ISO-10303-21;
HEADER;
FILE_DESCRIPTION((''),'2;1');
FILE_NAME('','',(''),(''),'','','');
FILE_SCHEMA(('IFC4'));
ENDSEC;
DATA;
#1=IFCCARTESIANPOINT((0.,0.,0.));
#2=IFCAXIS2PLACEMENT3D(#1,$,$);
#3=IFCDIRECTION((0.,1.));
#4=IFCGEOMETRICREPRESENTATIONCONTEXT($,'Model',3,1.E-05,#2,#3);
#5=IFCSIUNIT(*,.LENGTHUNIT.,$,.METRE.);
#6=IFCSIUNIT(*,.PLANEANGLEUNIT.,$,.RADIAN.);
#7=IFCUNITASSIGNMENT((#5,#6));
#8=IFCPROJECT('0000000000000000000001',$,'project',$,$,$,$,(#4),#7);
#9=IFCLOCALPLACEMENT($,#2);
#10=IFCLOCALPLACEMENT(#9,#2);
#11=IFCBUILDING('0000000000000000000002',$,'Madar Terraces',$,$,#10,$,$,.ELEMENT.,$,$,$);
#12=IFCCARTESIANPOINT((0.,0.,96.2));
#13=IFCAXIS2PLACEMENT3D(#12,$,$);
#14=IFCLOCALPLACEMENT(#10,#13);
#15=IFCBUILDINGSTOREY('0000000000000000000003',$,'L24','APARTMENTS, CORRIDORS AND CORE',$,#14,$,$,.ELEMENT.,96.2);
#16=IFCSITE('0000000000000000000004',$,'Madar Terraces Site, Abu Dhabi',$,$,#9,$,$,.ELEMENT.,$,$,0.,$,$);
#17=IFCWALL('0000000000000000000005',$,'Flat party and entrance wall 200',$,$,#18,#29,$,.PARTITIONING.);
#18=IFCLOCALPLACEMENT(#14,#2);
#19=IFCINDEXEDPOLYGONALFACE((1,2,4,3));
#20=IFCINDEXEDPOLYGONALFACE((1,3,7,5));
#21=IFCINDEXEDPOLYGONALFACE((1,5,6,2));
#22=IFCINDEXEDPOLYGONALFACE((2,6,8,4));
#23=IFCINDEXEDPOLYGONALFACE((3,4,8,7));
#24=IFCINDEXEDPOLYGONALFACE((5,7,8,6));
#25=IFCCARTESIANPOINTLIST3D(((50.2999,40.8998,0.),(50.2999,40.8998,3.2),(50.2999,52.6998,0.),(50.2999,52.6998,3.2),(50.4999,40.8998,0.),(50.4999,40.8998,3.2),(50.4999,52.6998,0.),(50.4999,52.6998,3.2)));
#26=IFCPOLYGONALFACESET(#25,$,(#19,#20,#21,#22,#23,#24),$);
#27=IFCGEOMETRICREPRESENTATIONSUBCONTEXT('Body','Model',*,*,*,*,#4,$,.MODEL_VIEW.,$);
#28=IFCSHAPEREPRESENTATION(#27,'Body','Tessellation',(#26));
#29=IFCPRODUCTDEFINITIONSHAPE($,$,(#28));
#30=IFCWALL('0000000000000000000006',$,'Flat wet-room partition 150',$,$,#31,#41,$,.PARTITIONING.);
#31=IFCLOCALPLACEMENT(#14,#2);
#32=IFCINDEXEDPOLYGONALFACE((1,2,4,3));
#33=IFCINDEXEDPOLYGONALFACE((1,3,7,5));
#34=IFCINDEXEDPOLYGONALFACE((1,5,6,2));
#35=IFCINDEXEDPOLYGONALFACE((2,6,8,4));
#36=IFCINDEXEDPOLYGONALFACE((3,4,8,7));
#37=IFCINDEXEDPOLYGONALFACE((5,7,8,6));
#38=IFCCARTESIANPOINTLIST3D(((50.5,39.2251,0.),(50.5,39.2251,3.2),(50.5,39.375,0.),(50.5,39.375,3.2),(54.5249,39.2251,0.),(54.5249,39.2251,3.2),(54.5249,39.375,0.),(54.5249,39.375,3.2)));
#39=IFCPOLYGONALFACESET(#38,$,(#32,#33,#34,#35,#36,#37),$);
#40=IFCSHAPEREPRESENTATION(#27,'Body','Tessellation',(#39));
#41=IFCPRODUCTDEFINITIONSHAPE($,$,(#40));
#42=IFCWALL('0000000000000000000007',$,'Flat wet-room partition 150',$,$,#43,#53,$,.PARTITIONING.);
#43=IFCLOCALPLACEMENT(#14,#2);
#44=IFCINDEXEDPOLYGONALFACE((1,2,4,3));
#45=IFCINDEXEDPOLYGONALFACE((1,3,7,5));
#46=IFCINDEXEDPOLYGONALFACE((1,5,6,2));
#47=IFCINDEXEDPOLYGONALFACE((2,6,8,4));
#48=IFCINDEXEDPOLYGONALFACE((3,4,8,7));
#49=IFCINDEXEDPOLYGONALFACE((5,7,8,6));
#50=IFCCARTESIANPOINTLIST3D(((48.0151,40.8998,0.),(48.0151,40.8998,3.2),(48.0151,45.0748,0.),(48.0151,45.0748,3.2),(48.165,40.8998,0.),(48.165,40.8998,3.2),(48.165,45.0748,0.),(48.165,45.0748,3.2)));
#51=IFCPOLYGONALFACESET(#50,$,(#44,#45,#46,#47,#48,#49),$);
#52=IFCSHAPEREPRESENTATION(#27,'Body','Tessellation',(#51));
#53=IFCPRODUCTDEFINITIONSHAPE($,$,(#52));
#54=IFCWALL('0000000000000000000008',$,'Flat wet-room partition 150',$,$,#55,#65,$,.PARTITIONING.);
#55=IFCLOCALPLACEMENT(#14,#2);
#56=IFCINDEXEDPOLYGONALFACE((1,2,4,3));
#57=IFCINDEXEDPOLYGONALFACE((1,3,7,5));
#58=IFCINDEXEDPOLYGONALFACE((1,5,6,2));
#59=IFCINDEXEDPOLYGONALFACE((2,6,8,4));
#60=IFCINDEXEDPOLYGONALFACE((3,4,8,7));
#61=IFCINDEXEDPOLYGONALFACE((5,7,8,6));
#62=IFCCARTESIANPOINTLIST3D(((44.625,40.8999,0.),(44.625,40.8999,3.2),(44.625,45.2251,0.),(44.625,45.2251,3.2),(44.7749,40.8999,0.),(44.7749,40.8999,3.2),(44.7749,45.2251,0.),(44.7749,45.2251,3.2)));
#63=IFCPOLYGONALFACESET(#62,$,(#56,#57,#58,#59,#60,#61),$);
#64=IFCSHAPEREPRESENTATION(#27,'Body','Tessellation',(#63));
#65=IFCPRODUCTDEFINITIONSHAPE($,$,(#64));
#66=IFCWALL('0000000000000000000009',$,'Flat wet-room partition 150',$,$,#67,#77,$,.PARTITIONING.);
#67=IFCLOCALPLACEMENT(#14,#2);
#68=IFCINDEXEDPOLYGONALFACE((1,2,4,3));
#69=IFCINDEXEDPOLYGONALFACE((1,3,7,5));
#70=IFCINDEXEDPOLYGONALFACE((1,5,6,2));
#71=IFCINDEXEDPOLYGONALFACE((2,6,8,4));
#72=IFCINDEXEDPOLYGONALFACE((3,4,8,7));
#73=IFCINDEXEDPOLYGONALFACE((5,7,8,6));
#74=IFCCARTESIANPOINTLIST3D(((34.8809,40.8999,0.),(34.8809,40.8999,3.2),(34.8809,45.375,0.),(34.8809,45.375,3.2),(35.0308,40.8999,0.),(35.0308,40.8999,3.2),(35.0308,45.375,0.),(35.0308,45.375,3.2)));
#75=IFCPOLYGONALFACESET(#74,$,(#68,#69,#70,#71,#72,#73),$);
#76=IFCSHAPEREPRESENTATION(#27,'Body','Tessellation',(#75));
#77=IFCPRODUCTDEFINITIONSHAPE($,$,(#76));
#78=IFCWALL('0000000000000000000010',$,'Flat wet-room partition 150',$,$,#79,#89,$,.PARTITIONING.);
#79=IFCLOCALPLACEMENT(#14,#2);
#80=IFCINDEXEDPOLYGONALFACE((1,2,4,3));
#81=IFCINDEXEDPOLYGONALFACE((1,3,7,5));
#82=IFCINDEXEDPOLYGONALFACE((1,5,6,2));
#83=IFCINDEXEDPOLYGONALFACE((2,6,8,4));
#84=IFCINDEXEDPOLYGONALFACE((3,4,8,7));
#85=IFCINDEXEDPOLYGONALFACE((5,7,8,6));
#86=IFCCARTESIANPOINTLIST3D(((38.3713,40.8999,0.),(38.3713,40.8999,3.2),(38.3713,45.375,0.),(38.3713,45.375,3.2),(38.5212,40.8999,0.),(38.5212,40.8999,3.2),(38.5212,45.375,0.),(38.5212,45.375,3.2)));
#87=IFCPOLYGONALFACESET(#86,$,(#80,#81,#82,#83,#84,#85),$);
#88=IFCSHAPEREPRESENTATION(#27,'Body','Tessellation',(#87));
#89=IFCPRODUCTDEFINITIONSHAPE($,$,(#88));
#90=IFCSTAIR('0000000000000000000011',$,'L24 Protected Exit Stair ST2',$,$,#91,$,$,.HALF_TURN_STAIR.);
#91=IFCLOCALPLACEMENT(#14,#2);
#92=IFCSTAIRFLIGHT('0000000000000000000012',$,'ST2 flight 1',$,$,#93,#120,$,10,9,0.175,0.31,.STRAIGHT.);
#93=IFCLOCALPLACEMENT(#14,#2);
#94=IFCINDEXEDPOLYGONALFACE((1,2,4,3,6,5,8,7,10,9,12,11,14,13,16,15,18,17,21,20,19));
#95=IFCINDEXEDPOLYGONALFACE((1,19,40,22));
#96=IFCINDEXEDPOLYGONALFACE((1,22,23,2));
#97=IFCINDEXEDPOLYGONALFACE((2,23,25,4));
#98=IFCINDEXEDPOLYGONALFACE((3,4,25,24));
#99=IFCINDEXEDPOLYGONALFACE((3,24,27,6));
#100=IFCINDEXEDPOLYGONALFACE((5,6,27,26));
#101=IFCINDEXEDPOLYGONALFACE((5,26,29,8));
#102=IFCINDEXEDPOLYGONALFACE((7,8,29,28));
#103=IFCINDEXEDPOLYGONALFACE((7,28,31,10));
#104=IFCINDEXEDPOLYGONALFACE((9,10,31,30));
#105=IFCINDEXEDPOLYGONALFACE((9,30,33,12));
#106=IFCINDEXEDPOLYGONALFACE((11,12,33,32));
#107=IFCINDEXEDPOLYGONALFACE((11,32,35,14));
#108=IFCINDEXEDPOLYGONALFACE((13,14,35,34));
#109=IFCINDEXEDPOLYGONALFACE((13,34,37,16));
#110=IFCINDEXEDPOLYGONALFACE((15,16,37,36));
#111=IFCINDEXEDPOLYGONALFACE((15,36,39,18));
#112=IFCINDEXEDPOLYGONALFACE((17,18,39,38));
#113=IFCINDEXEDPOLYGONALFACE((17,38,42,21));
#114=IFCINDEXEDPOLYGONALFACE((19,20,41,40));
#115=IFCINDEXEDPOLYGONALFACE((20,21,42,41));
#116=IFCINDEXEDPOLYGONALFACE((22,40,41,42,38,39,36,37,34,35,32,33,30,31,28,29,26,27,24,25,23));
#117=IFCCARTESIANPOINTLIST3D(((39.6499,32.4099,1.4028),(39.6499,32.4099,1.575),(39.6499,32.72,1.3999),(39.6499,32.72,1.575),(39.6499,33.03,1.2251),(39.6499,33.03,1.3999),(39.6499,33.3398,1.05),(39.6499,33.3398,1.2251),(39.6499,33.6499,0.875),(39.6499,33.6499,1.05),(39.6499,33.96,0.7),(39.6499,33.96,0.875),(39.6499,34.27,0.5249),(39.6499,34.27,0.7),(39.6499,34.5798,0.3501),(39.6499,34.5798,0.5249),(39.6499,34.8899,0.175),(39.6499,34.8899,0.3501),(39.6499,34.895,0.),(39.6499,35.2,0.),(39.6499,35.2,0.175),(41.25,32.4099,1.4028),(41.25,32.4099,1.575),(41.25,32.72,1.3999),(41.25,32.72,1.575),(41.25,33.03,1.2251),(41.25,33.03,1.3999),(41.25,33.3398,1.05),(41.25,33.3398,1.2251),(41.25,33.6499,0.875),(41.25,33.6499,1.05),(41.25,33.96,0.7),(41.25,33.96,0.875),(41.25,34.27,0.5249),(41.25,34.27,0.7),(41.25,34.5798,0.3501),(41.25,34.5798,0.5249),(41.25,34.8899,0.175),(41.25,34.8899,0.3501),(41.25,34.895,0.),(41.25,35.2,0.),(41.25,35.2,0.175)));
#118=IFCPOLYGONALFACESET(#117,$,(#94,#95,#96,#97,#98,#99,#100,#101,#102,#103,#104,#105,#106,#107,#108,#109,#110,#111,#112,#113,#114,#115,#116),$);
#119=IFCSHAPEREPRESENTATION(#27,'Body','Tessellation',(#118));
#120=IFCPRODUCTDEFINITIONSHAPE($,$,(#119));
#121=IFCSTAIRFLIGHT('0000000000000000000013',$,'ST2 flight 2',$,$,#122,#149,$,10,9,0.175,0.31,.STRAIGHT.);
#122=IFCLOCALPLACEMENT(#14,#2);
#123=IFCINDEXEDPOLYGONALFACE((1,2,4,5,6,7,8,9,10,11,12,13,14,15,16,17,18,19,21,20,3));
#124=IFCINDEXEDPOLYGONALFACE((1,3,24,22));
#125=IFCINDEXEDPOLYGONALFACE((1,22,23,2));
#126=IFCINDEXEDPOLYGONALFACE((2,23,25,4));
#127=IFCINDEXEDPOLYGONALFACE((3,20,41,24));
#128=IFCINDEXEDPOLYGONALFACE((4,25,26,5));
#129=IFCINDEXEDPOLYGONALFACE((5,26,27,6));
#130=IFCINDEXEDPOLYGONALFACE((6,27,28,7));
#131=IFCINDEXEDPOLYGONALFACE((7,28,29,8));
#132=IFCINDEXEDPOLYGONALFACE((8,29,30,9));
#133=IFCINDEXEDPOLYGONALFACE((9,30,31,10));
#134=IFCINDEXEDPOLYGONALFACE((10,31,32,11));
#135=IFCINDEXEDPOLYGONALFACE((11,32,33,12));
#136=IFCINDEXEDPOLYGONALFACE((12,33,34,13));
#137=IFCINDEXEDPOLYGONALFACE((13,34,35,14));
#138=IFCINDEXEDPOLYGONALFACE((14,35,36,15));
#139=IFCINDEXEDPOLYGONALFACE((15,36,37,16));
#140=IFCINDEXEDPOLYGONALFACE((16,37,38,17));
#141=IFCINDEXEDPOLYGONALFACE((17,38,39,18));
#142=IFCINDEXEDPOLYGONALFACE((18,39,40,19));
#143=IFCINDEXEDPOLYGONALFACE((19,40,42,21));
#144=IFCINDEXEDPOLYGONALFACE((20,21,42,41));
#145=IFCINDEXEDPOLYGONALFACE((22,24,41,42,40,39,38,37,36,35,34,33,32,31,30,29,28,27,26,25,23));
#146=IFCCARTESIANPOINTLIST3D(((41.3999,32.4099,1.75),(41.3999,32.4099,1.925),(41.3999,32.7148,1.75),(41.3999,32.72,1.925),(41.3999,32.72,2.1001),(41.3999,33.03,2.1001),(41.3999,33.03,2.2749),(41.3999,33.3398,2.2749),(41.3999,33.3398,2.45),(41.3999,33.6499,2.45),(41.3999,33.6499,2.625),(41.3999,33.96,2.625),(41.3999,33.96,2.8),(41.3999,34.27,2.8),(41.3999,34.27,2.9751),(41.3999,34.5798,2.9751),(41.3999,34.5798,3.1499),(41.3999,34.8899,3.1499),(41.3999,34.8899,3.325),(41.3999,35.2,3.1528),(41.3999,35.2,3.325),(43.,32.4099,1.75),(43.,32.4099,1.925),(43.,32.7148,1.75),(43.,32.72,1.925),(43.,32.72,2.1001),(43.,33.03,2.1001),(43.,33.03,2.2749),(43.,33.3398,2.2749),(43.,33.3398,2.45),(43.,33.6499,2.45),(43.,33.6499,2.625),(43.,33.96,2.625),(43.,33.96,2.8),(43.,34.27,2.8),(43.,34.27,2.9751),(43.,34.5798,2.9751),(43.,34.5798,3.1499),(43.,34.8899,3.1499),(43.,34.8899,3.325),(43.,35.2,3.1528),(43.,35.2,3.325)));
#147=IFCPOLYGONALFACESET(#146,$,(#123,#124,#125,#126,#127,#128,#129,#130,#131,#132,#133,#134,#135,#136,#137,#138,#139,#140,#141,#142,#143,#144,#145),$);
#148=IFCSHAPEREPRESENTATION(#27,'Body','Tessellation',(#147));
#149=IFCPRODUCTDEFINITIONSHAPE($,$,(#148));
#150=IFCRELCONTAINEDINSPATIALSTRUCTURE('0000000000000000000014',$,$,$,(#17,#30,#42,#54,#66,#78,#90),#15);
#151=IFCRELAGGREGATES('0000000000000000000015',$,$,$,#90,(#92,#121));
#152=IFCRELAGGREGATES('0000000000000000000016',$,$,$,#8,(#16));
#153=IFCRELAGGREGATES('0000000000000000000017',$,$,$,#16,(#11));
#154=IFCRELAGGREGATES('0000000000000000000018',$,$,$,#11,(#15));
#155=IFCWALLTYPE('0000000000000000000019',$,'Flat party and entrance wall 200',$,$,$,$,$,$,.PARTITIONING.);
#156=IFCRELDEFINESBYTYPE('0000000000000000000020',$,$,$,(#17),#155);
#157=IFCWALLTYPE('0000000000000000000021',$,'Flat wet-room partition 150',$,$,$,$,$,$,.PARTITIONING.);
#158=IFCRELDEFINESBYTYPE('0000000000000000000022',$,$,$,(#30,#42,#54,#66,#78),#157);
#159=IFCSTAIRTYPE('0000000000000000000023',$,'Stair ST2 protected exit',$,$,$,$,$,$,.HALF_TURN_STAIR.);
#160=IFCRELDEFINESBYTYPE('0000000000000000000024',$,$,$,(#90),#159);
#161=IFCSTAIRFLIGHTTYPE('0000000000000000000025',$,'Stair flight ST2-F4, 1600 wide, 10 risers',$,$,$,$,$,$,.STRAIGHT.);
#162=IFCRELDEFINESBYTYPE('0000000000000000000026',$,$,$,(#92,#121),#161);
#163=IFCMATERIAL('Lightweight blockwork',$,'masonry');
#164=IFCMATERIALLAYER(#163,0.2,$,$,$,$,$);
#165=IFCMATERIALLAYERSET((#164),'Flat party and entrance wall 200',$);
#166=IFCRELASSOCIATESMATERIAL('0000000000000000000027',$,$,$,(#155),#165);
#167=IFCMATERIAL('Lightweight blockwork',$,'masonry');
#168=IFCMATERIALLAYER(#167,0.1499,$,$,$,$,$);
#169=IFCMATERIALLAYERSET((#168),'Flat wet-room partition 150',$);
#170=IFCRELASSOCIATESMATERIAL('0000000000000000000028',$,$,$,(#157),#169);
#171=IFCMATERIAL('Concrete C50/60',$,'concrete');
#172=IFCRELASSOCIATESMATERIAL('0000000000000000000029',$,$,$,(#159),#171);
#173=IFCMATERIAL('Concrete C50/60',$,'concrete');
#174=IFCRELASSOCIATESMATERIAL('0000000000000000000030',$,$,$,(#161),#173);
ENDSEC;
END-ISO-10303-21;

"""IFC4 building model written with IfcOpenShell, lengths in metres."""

from ifc_helpers import new_model, si_unit, direction, frame, frame_2d, origin, place, context, subcontext, project, spatial, polyline, rectangle, outline, extrude, material, layer, layer_set, type_object, element, aggregate, save


model = new_model("IFC4")

# Units and contexts
model_context = context("Model", 3, precision=1e-05, world=origin(), true_north=direction((0.0, 1.0)))
body_context = subcontext(model_context, "Body", "Model", "MODEL_VIEW")
ifc_project = project(units=[si_unit("LENGTHUNIT", "METRE"), si_unit("PLANEANGLEUNIT", "RADIAN")], contexts=[model_context])

# Site, building, storey
site_placement = place(None, origin())
site = spatial("IfcSite", under=ifc_project, at=site_placement, Name="Madar Terraces Site, Abu Dhabi", CompositionType="ELEMENT", RefElevation=0.0)
building_placement = place(site_placement, origin())
building = spatial("IfcBuilding", under=site, at=building_placement, Name="Madar Terraces", CompositionType="ELEMENT")
storey_placement = place(building_placement, frame((0.0, 0.0, 96.2)))
storey = spatial("IfcBuildingStorey", under=building, at=storey_placement, Name="L24", Description="APARTMENTS, CORRIDORS AND CORE", CompositionType="ELEMENT", Elevation=96.2)

# Shared definitions
ifc_material_1 = material(Name="Lightweight blockwork", Category="masonry")
ifc_layer_1 = layer(ifc_material_1, 0.2)
ifc_layer_set_1 = layer_set([ifc_layer_1], Name="Flat party and entrance wall 200")
wall_type_1 = type_object("IfcWallType", Name="Flat party and entrance wall 200", PredefinedType="PARTITIONING", material=ifc_layer_set_1)

# Walls
wall_1_placement = place(storey_placement, frame((50.3999, 40.8999, 0.0), z_axis=(0.0, 0.0, 1.0), x_axis=(0.0, 1.0, 0.0)))
element("IfcWall", 1, at=wall_1_placement, inside=storey, type_object=wall_type_1, Name="Flat party and entrance wall 200", PredefinedType="PARTITIONING", context=body_context, shape_type="SweptSolid", body=[
    extrude(rectangle(XDim=11.8, YDim=0.2, at=frame_2d((5.8999, 0.0))), origin(), (0.0, 0.0, 1.0), 3.2),
])
ifc_material_2 = material(Name="Lightweight blockwork", Category="masonry")
ifc_layer_2 = layer(ifc_material_2, 0.1499)
ifc_layer_set_2 = layer_set([ifc_layer_2], Name="Flat wet-room partition 150")
wall_type_2 = type_object("IfcWallType", Name="Flat wet-room partition 150", PredefinedType="PARTITIONING", material=ifc_layer_set_2)
wall_2_placement = place(storey_placement, frame((50.5, 39.3, 0.0), z_axis=(0.0, 0.0, 1.0), x_axis=(1.0, 0.0, 0.0)))
element("IfcWall", 2, at=wall_2_placement, inside=storey, type_object=wall_type_2, Name="Flat wet-room partition 150", PredefinedType="PARTITIONING", context=body_context, shape_type="SweptSolid", body=[
    extrude(rectangle(XDim=4.0249, YDim=0.1499, at=frame_2d((2.0125, 0.0))), origin(), (0.0, 0.0, 1.0), 3.2),
])
wall_3_placement = place(storey_placement, frame((48.0901, 40.8999, 0.0), z_axis=(0.0, 0.0, 1.0), x_axis=(0.0, 1.0, 0.0)))
element("IfcWall", 3, at=wall_3_placement, inside=storey, type_object=wall_type_2, Name="Flat wet-room partition 150", PredefinedType="PARTITIONING", context=body_context, shape_type="SweptSolid", body=[
    extrude(rectangle(XDim=4.175, YDim=0.1499, at=frame_2d((2.0874, 0.0))), origin(), (0.0, 0.0, 1.0), 3.2),
])
wall_4_placement = place(storey_placement, frame((44.7, 40.8999, 0.0), z_axis=(0.0, 0.0, 1.0), x_axis=(0.0, 1.0, 0.0)))
element("IfcWall", 4, at=wall_4_placement, inside=storey, type_object=wall_type_2, Name="Flat wet-room partition 150", PredefinedType="PARTITIONING", context=body_context, shape_type="SweptSolid", body=[
    extrude(rectangle(XDim=4.3252, YDim=0.1499, at=frame_2d((2.1626, 0.0))), origin(), (0.0, 0.0, 1.0), 3.2),
])
for number, where, z_axis, x_axis, name in (
    (5, (34.9558, 40.8999, 0.0), (0.0, 0.0, 1.0), (0.0, 1.0, 0.0), "Flat wet-room partition 150"),
    (6, (38.4463, 40.8999, 0.0), (0.0, 0.0, 1.0), (0.0, 1.0, 0.0), "Flat wet-room partition 150"),
):
    element("IfcWall", number, at=place(storey_placement, frame(where, z_axis=z_axis, x_axis=x_axis)), inside=storey, type_object=wall_type_2, Name=name, PredefinedType="PARTITIONING", context=body_context, shape_type="SweptSolid", body=[
        extrude(rectangle(XDim=4.4751, YDim=0.1499, at=frame_2d((2.2375, 0.0))), origin(), (0.0, 0.0, 1.0), 3.2),
    ])

# Stair, stair flights
ifc_material_3 = material(Name="Concrete C50/60", Category="concrete")
stair_type = type_object("IfcStairType", Name="Stair ST2 protected exit", PredefinedType="HALF_TURN_STAIR", material=ifc_material_3)
stair_placement = place(storey_placement, origin())
stair = element("IfcStair", 7, at=stair_placement, inside=storey, type_object=stair_type, Name="L24 Protected Exit Stair ST2", PredefinedType="HALF_TURN_STAIR")
ifc_material_4 = material(Name="Concrete C50/60", Category="concrete")
stair_flight_type = type_object("IfcStairFlightType", Name="Stair flight ST2-F4, 1600 wide, 10 risers", PredefinedType="STRAIGHT", material=ifc_material_4)
stair_flight_1_placement = place(storey_placement, frame((40.45, 35.2, 0.0), z_axis=(0.0, 0.0, 1.0), x_axis=(0.0, -1.0, 0.0)))
stair_flight_1 = element("IfcStairFlight", 8, at=stair_flight_1_placement, type_object=stair_flight_type, Name="ST2 flight 1", NumberOfRisers=10, NumberOfTreads=9, PredefinedType="STRAIGHT", RiserHeight=0.175, TreadLength=0.31, context=body_context, shape_type="SweptSolid", body=[
    extrude(outline(polyline([(0.0, 0.0), (0.0, 0.175), (0.3101, 0.175), (0.3101, 0.3501), (0.6201, 0.3501), (0.6201, 0.5249), (0.9299, 0.5249), (0.9299, 0.7), (1.24, 0.7), (1.24, 0.875), (1.55, 0.875), (1.55, 1.05), (1.8601, 1.05), (1.8601, 1.2251), (2.1699, 1.2251), (2.1699, 1.3999), (2.48, 1.3999), (2.48, 1.575), (2.79, 1.575), (2.79, 1.75), (2.79, 1.4028), (0.3049, 0.0), (0.0, 0.0)])), frame((0.0, 0.8, 0.0), z_axis=(0.0, -1.0, 0.0), x_axis=(1.0, 0.0, 0.0)), (0.0, 0.0, 1.0), 1.6001),
])
stair_flight_2_placement = place(storey_placement, frame((42.2, 32.4099, 1.75), z_axis=(0.0, 0.0, 1.0), x_axis=(0.0, 1.0, 0.0)))
stair_flight_2 = element("IfcStairFlight", 9, at=stair_flight_2_placement, type_object=stair_flight_type, Name="ST2 flight 2", NumberOfRisers=10, NumberOfTreads=9, PredefinedType="STRAIGHT", RiserHeight=0.175, TreadLength=0.31, context=body_context, shape_type="SweptSolid", body=[
    extrude(outline(polyline([(0.0, 0.0), (0.0, 0.175), (0.3101, 0.175), (0.3101, 0.3501), (0.6201, 0.3501), (0.6201, 0.5249), (0.9299, 0.5249), (0.9299, 0.7), (1.24, 0.7), (1.24, 0.875), (1.55, 0.875), (1.55, 1.05), (1.8601, 1.05), (1.8601, 1.2251), (2.1699, 1.2251), (2.1699, 1.3999), (2.48, 1.3999), (2.48, 1.575), (2.79, 1.575), (2.79, 1.75), (2.79, 1.4028), (0.3049, 0.0), (0.0, 0.0)])), frame((0.0, 0.8, 0.0), z_axis=(0.0, -1.0, 0.0), x_axis=(1.0, 0.0, 0.0)), (0.0, 0.0, 1.0), 1.6001),
])
aggregate(stair, [stair_flight_1, stair_flight_2])

save(model, "model.ifc")
